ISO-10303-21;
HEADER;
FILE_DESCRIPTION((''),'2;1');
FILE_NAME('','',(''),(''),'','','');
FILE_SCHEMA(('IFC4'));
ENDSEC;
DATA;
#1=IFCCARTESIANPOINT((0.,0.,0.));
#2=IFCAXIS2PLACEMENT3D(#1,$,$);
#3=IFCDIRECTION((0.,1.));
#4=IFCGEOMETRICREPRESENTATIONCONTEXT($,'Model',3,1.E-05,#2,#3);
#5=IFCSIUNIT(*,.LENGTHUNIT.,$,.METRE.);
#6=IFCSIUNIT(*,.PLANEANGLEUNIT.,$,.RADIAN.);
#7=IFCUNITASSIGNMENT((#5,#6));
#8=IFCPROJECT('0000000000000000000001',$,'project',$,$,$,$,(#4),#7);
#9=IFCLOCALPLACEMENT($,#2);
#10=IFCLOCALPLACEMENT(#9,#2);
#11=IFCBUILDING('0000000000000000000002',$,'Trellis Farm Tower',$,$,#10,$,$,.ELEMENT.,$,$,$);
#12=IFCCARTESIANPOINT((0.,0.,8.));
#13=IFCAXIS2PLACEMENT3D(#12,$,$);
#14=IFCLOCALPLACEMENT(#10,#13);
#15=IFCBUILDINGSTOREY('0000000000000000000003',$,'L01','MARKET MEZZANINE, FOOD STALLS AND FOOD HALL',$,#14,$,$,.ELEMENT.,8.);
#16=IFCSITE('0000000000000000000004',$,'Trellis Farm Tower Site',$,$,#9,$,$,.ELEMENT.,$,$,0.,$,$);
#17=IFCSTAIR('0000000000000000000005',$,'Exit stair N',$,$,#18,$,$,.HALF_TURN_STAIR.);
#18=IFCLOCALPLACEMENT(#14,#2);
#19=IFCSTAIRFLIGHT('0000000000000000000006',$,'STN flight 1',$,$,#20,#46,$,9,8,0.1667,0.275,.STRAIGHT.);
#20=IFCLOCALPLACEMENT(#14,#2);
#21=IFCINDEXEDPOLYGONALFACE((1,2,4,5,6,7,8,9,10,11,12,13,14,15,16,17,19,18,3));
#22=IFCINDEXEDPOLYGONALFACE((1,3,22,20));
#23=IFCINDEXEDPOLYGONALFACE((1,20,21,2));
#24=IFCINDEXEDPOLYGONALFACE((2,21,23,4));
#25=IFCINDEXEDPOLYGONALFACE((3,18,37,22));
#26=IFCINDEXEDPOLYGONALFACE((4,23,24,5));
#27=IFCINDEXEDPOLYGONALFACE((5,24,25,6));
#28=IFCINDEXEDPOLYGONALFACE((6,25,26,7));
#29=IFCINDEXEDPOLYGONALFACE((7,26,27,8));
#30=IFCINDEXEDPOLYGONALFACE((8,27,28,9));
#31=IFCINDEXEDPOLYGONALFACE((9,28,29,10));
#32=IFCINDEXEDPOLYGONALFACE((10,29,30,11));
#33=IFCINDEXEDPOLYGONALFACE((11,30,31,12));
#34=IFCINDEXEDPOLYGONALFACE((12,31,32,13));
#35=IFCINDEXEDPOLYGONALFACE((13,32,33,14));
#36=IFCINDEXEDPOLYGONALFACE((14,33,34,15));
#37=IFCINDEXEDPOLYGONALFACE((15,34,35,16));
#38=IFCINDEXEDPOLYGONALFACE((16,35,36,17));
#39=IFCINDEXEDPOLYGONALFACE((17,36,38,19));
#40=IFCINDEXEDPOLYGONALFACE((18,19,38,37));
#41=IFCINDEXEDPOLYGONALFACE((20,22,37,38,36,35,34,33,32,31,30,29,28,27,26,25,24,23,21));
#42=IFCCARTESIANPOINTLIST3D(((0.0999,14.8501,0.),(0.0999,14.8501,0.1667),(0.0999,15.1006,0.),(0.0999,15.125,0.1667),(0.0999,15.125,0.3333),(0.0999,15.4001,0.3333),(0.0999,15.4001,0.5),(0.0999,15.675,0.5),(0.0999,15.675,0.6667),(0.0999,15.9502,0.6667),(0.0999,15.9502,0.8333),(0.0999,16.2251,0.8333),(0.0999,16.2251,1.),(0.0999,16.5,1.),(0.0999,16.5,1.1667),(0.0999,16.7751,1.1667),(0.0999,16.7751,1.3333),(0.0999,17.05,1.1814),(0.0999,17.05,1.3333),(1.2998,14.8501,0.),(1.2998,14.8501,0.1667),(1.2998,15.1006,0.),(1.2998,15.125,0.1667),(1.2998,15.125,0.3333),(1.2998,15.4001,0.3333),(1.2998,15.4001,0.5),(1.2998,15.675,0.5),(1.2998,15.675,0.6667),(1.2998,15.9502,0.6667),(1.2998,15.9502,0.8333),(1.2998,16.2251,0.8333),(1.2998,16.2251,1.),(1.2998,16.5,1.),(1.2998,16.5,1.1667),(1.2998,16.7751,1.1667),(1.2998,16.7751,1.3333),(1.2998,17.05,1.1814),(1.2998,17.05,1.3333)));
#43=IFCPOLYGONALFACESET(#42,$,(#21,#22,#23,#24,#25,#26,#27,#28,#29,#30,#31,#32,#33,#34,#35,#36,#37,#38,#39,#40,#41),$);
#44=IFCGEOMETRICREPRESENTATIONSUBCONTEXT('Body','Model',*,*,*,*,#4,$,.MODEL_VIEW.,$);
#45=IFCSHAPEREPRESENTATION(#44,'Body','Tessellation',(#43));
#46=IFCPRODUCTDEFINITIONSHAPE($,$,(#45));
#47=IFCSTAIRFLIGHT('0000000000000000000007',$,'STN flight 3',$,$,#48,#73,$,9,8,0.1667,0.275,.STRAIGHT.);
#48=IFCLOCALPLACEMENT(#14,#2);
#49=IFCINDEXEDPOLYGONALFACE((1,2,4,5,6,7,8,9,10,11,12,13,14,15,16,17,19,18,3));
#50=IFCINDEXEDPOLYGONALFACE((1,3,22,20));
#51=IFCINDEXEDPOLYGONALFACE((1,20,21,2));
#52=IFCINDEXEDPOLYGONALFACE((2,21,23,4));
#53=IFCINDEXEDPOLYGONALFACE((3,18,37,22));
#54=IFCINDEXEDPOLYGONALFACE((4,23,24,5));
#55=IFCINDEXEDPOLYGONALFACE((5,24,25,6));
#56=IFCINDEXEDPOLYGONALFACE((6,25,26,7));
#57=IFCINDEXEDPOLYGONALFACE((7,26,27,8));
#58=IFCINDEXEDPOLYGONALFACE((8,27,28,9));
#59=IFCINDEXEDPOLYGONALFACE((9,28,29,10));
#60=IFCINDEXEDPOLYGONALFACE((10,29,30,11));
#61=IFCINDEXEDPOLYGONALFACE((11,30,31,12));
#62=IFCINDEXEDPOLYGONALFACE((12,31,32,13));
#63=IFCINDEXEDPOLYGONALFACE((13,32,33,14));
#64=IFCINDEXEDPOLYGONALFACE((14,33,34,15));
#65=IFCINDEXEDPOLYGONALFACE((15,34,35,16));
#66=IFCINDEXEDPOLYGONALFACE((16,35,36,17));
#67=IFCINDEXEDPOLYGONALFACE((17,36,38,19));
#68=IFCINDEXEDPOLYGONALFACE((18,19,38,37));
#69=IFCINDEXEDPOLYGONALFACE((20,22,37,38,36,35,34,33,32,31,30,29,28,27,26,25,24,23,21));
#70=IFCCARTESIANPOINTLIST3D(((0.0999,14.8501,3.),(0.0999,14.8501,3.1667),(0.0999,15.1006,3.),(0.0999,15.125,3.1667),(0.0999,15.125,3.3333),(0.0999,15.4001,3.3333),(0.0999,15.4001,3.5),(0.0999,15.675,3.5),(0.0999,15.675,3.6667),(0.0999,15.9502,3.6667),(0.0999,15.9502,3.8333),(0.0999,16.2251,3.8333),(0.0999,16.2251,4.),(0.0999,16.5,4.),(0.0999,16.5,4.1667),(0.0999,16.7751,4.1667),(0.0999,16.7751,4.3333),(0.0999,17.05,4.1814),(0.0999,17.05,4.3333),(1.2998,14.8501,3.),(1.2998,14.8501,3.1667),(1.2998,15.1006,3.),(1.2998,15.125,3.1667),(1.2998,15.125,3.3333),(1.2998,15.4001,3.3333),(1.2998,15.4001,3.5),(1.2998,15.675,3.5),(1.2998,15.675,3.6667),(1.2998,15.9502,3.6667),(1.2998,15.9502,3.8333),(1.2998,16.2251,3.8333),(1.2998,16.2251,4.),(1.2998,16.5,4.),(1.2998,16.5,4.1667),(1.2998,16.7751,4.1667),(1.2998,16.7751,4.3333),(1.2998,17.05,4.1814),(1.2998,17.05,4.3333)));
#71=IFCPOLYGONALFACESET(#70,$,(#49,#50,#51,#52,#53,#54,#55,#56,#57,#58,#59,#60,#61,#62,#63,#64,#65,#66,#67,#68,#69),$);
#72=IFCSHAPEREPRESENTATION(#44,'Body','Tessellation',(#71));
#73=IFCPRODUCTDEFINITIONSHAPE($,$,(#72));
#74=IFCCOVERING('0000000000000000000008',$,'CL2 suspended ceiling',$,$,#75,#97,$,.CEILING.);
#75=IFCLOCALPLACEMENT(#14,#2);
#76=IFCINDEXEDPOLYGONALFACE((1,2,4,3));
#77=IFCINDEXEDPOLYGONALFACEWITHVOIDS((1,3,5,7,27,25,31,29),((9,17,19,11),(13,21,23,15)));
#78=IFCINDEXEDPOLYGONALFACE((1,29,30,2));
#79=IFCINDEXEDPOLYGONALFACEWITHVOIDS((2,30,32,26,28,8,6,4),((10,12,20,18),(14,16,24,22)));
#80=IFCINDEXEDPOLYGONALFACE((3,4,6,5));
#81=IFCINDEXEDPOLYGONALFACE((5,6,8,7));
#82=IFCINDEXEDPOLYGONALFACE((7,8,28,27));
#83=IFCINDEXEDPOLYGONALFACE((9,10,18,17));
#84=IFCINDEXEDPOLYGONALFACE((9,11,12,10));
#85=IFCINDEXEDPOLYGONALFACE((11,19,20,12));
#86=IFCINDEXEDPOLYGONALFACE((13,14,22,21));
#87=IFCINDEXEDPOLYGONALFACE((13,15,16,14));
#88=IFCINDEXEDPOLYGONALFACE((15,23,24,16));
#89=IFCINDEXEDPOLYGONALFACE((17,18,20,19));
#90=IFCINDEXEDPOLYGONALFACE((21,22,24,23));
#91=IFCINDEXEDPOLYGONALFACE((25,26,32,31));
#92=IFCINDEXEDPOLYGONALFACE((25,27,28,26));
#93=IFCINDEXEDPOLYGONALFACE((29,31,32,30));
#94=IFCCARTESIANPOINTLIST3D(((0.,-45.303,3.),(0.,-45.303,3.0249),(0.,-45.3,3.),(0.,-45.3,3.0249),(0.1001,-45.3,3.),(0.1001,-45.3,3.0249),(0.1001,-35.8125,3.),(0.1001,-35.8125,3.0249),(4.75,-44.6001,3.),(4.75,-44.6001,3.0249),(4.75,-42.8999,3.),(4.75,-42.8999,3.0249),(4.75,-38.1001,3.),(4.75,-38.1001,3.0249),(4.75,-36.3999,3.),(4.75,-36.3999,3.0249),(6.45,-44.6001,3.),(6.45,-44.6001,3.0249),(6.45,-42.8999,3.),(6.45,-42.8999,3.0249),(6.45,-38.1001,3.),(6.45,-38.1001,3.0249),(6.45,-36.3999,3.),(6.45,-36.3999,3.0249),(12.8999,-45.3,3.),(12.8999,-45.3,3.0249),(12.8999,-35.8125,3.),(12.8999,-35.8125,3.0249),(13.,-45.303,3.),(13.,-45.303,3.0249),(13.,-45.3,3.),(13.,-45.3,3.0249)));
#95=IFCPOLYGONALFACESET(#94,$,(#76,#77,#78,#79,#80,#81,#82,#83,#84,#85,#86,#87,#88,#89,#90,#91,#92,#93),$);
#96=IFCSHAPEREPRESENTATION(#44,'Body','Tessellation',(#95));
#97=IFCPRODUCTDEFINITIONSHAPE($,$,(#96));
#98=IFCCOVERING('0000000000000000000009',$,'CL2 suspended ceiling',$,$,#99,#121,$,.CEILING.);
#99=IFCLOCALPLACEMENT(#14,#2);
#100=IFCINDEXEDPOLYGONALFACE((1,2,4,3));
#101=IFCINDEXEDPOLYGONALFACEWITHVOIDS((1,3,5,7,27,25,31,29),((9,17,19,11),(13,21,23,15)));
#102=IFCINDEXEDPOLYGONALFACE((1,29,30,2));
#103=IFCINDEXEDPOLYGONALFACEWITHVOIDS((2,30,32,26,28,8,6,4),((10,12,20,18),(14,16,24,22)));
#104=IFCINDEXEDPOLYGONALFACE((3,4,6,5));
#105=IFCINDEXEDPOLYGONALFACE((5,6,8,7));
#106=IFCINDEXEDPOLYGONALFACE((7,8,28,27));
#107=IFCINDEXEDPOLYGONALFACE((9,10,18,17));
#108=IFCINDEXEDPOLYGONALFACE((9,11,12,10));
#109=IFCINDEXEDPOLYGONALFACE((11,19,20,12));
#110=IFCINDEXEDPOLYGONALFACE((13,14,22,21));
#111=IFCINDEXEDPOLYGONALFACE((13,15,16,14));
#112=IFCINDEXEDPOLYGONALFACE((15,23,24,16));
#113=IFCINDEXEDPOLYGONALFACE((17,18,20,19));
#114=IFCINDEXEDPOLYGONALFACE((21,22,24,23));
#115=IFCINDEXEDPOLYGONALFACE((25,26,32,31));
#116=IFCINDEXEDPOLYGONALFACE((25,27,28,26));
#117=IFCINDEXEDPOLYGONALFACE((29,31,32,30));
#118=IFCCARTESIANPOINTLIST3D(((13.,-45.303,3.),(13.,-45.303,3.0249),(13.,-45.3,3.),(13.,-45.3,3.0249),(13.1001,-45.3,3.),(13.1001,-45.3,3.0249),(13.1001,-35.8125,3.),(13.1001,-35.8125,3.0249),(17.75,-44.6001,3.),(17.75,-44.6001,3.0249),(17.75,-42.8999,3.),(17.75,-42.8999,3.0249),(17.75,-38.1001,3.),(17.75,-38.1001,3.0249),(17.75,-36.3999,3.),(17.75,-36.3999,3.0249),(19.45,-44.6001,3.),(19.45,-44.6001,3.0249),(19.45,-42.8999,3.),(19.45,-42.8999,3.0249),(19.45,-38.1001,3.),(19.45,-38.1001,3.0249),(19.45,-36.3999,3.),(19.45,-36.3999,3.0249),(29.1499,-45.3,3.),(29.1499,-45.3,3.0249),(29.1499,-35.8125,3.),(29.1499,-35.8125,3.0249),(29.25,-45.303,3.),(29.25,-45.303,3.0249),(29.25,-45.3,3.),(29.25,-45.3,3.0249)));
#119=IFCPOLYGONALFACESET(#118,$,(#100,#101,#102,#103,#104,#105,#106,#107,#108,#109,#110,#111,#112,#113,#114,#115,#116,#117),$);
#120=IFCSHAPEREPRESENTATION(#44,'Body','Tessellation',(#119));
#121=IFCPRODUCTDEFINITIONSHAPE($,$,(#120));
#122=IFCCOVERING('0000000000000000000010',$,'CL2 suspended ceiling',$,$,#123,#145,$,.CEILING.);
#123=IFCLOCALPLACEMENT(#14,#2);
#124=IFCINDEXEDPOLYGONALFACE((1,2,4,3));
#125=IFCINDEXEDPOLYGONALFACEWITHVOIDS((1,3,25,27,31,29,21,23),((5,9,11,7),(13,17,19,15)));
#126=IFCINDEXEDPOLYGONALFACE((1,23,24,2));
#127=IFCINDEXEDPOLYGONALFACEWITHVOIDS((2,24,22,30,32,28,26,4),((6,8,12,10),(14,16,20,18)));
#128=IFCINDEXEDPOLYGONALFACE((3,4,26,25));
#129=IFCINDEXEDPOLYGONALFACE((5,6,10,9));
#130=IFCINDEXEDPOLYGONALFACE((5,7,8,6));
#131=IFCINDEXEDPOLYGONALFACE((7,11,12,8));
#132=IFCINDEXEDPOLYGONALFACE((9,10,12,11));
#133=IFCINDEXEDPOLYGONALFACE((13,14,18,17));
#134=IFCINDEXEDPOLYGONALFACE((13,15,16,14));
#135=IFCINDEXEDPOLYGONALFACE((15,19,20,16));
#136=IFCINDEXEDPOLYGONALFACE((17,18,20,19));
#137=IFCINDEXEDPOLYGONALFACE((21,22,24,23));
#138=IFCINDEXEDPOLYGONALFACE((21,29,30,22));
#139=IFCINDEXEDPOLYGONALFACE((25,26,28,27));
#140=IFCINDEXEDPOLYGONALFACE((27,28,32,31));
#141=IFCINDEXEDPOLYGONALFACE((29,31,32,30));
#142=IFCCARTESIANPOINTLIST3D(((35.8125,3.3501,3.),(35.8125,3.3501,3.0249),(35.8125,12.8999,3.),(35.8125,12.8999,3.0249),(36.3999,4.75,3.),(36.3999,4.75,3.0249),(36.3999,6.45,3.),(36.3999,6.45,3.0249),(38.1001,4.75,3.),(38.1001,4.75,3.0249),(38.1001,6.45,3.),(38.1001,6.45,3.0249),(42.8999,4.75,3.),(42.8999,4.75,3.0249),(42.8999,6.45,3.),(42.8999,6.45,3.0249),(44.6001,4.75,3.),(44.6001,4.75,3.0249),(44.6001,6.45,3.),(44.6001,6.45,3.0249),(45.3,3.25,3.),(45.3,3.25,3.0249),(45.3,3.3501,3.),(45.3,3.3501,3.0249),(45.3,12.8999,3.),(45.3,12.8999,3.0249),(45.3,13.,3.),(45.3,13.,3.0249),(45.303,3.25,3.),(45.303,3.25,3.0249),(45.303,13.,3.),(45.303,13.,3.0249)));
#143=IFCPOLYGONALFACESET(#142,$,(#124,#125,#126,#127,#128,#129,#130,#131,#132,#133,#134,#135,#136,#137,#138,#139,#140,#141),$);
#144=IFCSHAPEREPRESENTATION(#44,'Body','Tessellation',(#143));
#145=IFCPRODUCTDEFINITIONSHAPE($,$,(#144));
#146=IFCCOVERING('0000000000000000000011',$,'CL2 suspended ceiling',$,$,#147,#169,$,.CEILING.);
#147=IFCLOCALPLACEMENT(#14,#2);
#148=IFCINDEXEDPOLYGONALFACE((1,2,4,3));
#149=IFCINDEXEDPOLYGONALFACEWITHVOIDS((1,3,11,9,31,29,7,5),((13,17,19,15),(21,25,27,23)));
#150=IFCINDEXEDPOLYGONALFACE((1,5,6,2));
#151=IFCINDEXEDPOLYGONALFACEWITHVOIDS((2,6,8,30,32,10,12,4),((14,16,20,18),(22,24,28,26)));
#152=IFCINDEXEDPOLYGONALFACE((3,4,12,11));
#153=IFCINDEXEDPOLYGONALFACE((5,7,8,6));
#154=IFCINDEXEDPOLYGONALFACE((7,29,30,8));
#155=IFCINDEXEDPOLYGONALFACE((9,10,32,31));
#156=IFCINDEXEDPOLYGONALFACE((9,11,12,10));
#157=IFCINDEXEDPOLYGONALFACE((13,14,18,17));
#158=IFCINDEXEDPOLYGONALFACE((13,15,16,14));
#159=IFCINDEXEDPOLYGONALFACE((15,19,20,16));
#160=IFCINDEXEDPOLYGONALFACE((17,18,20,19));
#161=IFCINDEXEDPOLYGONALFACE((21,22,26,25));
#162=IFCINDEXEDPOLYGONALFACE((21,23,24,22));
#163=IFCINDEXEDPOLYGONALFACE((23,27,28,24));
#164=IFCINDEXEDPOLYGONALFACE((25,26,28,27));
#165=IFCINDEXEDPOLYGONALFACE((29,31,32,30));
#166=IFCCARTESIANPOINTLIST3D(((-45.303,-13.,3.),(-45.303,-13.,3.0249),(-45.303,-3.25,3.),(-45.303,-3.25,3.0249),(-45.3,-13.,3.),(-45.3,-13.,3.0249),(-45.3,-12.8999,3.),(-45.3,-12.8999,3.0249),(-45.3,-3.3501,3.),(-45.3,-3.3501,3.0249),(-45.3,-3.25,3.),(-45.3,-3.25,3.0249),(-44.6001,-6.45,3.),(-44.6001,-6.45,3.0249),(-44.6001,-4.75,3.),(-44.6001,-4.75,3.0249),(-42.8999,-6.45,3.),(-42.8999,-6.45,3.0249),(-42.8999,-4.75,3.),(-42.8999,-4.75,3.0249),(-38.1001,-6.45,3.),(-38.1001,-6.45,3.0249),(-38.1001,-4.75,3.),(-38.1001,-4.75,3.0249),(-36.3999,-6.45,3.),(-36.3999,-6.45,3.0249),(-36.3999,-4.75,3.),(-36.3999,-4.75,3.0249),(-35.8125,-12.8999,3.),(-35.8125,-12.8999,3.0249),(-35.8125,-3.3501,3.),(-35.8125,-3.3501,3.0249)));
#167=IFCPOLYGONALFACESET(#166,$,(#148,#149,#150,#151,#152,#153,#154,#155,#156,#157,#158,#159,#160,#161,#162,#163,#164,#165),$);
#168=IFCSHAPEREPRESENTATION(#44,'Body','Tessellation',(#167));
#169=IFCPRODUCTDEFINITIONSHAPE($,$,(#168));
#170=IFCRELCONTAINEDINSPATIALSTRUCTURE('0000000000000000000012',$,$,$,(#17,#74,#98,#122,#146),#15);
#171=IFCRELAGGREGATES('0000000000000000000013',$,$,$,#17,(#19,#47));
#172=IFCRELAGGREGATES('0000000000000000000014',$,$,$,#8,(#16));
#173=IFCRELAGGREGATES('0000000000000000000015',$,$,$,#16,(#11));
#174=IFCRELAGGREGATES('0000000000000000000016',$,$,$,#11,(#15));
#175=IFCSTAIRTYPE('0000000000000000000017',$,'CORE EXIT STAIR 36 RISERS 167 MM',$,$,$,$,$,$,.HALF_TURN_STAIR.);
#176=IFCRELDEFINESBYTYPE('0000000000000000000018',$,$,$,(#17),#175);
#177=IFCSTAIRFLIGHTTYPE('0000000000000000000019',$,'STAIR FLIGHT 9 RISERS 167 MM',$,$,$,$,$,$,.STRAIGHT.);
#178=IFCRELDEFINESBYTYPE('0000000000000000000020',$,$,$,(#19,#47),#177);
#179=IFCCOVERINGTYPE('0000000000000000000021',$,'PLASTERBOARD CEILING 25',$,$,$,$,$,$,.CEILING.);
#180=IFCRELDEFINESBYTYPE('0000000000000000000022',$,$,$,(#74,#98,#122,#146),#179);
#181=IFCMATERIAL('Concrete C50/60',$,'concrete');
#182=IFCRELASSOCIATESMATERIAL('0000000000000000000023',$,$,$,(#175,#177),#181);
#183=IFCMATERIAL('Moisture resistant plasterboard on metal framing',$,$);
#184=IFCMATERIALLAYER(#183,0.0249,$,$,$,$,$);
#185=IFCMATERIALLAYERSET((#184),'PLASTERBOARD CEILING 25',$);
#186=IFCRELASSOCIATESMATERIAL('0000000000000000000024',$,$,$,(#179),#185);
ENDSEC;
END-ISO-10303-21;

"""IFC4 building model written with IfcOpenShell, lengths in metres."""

from ifc_helpers import new_model, si_unit, direction, frame, origin, place, context, subcontext, project, spatial, polyline, outline, extrude, source, transform, mapped, material, layer, layer_set, type_object, element, aggregate, save


model = new_model("IFC4")

# Units and contexts
model_context = context("Model", 3, precision=1e-05, world=origin(), true_north=direction((0.0, 1.0)))
body_context = subcontext(model_context, "Body", "Model", "MODEL_VIEW")
ifc_project = project(units=[si_unit("LENGTHUNIT", "METRE"), si_unit("PLANEANGLEUNIT", "RADIAN")], contexts=[model_context])

# Site, building, storey
site_placement = place(None, origin())
site = spatial("IfcSite", under=ifc_project, at=site_placement, Name="Trellis Farm Tower Site", CompositionType="ELEMENT", RefElevation=0.0)
building_placement = place(site_placement, origin())
building = spatial("IfcBuilding", under=site, at=building_placement, Name="Trellis Farm Tower", CompositionType="ELEMENT")
storey_placement = place(building_placement, frame((0.0, 0.0, 8.0)))
storey = spatial("IfcBuildingStorey", under=building, at=storey_placement, Name="L01", Description="MARKET MEZZANINE, FOOD STALLS AND FOOD HALL", CompositionType="ELEMENT", Elevation=8.0)

# Stair, stair flights
ifc_material_1 = material(Name="Concrete C50/60", Category="concrete")
stair_type = type_object("IfcStairType", Name="CORE EXIT STAIR 36 RISERS 167 MM", PredefinedType="HALF_TURN_STAIR", material=ifc_material_1)
stair_placement = place(storey_placement, origin())
stair = element("IfcStair", 1, at=stair_placement, inside=storey, type_object=stair_type, Name="Exit stair N", PredefinedType="HALF_TURN_STAIR")
stair_flight_type = type_object("IfcStairFlightType", Name="STAIR FLIGHT 9 RISERS 167 MM", PredefinedType="STRAIGHT", material=ifc_material_1)
shared_shape_1 = source(origin(), body_context, "Body", "SweptSolid", [
    extrude(outline(polyline([(0.0, 0.0), (0.0, 0.1667), (0.2749, 0.1667), (0.2749, 0.3333), (0.55, 0.3333), (0.55, 0.5), (0.825, 0.5), (0.825, 0.6667), (1.1001, 0.6667), (1.1001, 0.8333), (1.375, 0.8333), (1.375, 1.0), (1.6499, 1.0), (1.6499, 1.1667), (1.925, 1.1667), (1.925, 1.3333), (2.2, 1.3333), (2.2, 1.5), (2.2, 1.1814), (0.2505, 0.0), (0.0, 0.0)])), frame((0.0, 0.6001, 0.0), z_axis=(0.0, -1.0, 0.0), x_axis=(1.0, 0.0, 0.0)), (0.0, 0.0, 1.0), 1.2),
])
stair_flight_1_placement = place(storey_placement, frame((0.7, 14.8501, 0.0), z_axis=(0.0, 0.0, 1.0), x_axis=(0.0, 1.0, 0.0)))
stair_flight_1 = element("IfcStairFlight", 2, at=stair_flight_1_placement, type_object=stair_flight_type, Name="STN flight 1", NumberOfRisers=9, NumberOfTreads=8, PredefinedType="STRAIGHT", RiserHeight=0.1667, TreadLength=0.275, context=body_context, shape_type="MappedRepresentation", body=[
    mapped(shared_shape_1, transform((0.0, 0.0, 0.0))),
])
stair_flight_2_placement = place(storey_placement, frame((0.7, 14.8501, 3.0), z_axis=(0.0, 0.0, 1.0), x_axis=(0.0, 1.0, 0.0)))
stair_flight_2 = element("IfcStairFlight", 3, at=stair_flight_2_placement, type_object=stair_flight_type, Name="STN flight 3", NumberOfRisers=9, NumberOfTreads=8, PredefinedType="STRAIGHT", RiserHeight=0.1667, TreadLength=0.275, context=body_context, shape_type="MappedRepresentation", body=[
    mapped(shared_shape_1, transform((0.0, 0.0, 0.0))),
])
aggregate(stair, [stair_flight_1, stair_flight_2])

# Coverings
ifc_material_2 = material(Name="Moisture resistant plasterboard on metal framing")
ifc_layer_1 = layer(ifc_material_2, 0.0249)
ifc_layer_set_1 = layer_set([ifc_layer_1], Name="PLASTERBOARD CEILING 25")
covering_type = type_object("IfcCoveringType", Name="PLASTERBOARD CEILING 25", PredefinedType="CEILING", material=ifc_layer_set_1)
placement = place(storey_placement, frame((0.0, 0.0, 3.0)))
element("IfcCovering", 4, at=placement, inside=storey, type_object=covering_type, Name="CL2 suspended ceiling", PredefinedType="CEILING", context=body_context, shape_type="SweptSolid", body=[
    extrude(outline(polyline([(0.0, -45.3), (0.1001, -45.3), (0.1001, -35.8125), (12.8999, -35.8125), (12.8999, -45.3), (13.0, -45.3), (13.0, -45.303), (0.0, -45.303), (0.0, -45.3)]), holes=[polyline([(4.75, -42.8999), (4.75, -44.6001), (6.45, -44.6001), (6.45, -42.8999), (4.75, -42.8999)]), polyline([(4.75, -38.1001), (6.45, -38.1001), (6.45, -36.3999), (4.75, -36.3999), (4.75, -38.1001)])]), origin(), (0.0, 0.0, 1.0), 0.0249),
])
element("IfcCovering", 5, at=placement, inside=storey, type_object=covering_type, Name="CL2 suspended ceiling", PredefinedType="CEILING", context=body_context, shape_type="SweptSolid", body=[
    extrude(outline(polyline([(13.1001, -45.3), (13.1001, -35.8125), (29.1499, -35.8125), (29.1499, -45.3), (29.25, -45.3), (29.25, -45.303), (13.0, -45.303), (13.0, -45.3), (13.1001, -45.3)]), holes=[polyline([(17.75, -42.8999), (17.75, -44.6001), (19.45, -44.6001), (19.45, -42.8999), (17.75, -42.8999)]), polyline([(17.75, -36.3999), (17.75, -38.1001), (19.45, -38.1001), (19.45, -36.3999), (17.75, -36.3999)])]), origin(), (0.0, 0.0, 1.0), 0.0249),
])
element("IfcCovering", 6, at=placement, inside=storey, type_object=covering_type, Name="CL2 suspended ceiling", PredefinedType="CEILING", context=body_context, shape_type="SweptSolid", body=[
    extrude(outline(polyline([(45.3, 3.25), (45.3, 3.3501), (35.8125, 3.3501), (35.8125, 12.8999), (45.3, 12.8999), (45.3, 13.0), (45.303, 13.0), (45.303, 3.25), (45.3, 3.25)]), holes=[polyline([(36.3999, 4.75), (38.1001, 4.75), (38.1001, 6.45), (36.3999, 6.45), (36.3999, 4.75)]), polyline([(42.8999, 6.45), (42.8999, 4.75), (44.6001, 4.75), (44.6001, 6.45), (42.8999, 6.45)])]), origin(), (0.0, 0.0, 1.0), 0.0249),
])
element("IfcCovering", 7, at=placement, inside=storey, type_object=covering_type, Name="CL2 suspended ceiling", PredefinedType="CEILING", context=body_context, shape_type="SweptSolid", body=[
    extrude(outline(polyline([(-45.3, -3.25), (-45.3, -3.3501), (-35.8125, -3.3501), (-35.8125, -12.8999), (-45.3, -12.8999), (-45.3, -13.0), (-45.303, -13.0), (-45.303, -3.25), (-45.3, -3.25)]), holes=[polyline([(-44.6001, -6.45), (-42.8999, -6.45), (-42.8999, -4.75), (-44.6001, -4.75), (-44.6001, -6.45)]), polyline([(-38.1001, -4.75), (-38.1001, -6.45), (-36.3999, -6.45), (-36.3999, -4.75), (-38.1001, -4.75)])]), origin(), (0.0, 0.0, 1.0), 0.0249),
])

save(model, "model.ifc")
